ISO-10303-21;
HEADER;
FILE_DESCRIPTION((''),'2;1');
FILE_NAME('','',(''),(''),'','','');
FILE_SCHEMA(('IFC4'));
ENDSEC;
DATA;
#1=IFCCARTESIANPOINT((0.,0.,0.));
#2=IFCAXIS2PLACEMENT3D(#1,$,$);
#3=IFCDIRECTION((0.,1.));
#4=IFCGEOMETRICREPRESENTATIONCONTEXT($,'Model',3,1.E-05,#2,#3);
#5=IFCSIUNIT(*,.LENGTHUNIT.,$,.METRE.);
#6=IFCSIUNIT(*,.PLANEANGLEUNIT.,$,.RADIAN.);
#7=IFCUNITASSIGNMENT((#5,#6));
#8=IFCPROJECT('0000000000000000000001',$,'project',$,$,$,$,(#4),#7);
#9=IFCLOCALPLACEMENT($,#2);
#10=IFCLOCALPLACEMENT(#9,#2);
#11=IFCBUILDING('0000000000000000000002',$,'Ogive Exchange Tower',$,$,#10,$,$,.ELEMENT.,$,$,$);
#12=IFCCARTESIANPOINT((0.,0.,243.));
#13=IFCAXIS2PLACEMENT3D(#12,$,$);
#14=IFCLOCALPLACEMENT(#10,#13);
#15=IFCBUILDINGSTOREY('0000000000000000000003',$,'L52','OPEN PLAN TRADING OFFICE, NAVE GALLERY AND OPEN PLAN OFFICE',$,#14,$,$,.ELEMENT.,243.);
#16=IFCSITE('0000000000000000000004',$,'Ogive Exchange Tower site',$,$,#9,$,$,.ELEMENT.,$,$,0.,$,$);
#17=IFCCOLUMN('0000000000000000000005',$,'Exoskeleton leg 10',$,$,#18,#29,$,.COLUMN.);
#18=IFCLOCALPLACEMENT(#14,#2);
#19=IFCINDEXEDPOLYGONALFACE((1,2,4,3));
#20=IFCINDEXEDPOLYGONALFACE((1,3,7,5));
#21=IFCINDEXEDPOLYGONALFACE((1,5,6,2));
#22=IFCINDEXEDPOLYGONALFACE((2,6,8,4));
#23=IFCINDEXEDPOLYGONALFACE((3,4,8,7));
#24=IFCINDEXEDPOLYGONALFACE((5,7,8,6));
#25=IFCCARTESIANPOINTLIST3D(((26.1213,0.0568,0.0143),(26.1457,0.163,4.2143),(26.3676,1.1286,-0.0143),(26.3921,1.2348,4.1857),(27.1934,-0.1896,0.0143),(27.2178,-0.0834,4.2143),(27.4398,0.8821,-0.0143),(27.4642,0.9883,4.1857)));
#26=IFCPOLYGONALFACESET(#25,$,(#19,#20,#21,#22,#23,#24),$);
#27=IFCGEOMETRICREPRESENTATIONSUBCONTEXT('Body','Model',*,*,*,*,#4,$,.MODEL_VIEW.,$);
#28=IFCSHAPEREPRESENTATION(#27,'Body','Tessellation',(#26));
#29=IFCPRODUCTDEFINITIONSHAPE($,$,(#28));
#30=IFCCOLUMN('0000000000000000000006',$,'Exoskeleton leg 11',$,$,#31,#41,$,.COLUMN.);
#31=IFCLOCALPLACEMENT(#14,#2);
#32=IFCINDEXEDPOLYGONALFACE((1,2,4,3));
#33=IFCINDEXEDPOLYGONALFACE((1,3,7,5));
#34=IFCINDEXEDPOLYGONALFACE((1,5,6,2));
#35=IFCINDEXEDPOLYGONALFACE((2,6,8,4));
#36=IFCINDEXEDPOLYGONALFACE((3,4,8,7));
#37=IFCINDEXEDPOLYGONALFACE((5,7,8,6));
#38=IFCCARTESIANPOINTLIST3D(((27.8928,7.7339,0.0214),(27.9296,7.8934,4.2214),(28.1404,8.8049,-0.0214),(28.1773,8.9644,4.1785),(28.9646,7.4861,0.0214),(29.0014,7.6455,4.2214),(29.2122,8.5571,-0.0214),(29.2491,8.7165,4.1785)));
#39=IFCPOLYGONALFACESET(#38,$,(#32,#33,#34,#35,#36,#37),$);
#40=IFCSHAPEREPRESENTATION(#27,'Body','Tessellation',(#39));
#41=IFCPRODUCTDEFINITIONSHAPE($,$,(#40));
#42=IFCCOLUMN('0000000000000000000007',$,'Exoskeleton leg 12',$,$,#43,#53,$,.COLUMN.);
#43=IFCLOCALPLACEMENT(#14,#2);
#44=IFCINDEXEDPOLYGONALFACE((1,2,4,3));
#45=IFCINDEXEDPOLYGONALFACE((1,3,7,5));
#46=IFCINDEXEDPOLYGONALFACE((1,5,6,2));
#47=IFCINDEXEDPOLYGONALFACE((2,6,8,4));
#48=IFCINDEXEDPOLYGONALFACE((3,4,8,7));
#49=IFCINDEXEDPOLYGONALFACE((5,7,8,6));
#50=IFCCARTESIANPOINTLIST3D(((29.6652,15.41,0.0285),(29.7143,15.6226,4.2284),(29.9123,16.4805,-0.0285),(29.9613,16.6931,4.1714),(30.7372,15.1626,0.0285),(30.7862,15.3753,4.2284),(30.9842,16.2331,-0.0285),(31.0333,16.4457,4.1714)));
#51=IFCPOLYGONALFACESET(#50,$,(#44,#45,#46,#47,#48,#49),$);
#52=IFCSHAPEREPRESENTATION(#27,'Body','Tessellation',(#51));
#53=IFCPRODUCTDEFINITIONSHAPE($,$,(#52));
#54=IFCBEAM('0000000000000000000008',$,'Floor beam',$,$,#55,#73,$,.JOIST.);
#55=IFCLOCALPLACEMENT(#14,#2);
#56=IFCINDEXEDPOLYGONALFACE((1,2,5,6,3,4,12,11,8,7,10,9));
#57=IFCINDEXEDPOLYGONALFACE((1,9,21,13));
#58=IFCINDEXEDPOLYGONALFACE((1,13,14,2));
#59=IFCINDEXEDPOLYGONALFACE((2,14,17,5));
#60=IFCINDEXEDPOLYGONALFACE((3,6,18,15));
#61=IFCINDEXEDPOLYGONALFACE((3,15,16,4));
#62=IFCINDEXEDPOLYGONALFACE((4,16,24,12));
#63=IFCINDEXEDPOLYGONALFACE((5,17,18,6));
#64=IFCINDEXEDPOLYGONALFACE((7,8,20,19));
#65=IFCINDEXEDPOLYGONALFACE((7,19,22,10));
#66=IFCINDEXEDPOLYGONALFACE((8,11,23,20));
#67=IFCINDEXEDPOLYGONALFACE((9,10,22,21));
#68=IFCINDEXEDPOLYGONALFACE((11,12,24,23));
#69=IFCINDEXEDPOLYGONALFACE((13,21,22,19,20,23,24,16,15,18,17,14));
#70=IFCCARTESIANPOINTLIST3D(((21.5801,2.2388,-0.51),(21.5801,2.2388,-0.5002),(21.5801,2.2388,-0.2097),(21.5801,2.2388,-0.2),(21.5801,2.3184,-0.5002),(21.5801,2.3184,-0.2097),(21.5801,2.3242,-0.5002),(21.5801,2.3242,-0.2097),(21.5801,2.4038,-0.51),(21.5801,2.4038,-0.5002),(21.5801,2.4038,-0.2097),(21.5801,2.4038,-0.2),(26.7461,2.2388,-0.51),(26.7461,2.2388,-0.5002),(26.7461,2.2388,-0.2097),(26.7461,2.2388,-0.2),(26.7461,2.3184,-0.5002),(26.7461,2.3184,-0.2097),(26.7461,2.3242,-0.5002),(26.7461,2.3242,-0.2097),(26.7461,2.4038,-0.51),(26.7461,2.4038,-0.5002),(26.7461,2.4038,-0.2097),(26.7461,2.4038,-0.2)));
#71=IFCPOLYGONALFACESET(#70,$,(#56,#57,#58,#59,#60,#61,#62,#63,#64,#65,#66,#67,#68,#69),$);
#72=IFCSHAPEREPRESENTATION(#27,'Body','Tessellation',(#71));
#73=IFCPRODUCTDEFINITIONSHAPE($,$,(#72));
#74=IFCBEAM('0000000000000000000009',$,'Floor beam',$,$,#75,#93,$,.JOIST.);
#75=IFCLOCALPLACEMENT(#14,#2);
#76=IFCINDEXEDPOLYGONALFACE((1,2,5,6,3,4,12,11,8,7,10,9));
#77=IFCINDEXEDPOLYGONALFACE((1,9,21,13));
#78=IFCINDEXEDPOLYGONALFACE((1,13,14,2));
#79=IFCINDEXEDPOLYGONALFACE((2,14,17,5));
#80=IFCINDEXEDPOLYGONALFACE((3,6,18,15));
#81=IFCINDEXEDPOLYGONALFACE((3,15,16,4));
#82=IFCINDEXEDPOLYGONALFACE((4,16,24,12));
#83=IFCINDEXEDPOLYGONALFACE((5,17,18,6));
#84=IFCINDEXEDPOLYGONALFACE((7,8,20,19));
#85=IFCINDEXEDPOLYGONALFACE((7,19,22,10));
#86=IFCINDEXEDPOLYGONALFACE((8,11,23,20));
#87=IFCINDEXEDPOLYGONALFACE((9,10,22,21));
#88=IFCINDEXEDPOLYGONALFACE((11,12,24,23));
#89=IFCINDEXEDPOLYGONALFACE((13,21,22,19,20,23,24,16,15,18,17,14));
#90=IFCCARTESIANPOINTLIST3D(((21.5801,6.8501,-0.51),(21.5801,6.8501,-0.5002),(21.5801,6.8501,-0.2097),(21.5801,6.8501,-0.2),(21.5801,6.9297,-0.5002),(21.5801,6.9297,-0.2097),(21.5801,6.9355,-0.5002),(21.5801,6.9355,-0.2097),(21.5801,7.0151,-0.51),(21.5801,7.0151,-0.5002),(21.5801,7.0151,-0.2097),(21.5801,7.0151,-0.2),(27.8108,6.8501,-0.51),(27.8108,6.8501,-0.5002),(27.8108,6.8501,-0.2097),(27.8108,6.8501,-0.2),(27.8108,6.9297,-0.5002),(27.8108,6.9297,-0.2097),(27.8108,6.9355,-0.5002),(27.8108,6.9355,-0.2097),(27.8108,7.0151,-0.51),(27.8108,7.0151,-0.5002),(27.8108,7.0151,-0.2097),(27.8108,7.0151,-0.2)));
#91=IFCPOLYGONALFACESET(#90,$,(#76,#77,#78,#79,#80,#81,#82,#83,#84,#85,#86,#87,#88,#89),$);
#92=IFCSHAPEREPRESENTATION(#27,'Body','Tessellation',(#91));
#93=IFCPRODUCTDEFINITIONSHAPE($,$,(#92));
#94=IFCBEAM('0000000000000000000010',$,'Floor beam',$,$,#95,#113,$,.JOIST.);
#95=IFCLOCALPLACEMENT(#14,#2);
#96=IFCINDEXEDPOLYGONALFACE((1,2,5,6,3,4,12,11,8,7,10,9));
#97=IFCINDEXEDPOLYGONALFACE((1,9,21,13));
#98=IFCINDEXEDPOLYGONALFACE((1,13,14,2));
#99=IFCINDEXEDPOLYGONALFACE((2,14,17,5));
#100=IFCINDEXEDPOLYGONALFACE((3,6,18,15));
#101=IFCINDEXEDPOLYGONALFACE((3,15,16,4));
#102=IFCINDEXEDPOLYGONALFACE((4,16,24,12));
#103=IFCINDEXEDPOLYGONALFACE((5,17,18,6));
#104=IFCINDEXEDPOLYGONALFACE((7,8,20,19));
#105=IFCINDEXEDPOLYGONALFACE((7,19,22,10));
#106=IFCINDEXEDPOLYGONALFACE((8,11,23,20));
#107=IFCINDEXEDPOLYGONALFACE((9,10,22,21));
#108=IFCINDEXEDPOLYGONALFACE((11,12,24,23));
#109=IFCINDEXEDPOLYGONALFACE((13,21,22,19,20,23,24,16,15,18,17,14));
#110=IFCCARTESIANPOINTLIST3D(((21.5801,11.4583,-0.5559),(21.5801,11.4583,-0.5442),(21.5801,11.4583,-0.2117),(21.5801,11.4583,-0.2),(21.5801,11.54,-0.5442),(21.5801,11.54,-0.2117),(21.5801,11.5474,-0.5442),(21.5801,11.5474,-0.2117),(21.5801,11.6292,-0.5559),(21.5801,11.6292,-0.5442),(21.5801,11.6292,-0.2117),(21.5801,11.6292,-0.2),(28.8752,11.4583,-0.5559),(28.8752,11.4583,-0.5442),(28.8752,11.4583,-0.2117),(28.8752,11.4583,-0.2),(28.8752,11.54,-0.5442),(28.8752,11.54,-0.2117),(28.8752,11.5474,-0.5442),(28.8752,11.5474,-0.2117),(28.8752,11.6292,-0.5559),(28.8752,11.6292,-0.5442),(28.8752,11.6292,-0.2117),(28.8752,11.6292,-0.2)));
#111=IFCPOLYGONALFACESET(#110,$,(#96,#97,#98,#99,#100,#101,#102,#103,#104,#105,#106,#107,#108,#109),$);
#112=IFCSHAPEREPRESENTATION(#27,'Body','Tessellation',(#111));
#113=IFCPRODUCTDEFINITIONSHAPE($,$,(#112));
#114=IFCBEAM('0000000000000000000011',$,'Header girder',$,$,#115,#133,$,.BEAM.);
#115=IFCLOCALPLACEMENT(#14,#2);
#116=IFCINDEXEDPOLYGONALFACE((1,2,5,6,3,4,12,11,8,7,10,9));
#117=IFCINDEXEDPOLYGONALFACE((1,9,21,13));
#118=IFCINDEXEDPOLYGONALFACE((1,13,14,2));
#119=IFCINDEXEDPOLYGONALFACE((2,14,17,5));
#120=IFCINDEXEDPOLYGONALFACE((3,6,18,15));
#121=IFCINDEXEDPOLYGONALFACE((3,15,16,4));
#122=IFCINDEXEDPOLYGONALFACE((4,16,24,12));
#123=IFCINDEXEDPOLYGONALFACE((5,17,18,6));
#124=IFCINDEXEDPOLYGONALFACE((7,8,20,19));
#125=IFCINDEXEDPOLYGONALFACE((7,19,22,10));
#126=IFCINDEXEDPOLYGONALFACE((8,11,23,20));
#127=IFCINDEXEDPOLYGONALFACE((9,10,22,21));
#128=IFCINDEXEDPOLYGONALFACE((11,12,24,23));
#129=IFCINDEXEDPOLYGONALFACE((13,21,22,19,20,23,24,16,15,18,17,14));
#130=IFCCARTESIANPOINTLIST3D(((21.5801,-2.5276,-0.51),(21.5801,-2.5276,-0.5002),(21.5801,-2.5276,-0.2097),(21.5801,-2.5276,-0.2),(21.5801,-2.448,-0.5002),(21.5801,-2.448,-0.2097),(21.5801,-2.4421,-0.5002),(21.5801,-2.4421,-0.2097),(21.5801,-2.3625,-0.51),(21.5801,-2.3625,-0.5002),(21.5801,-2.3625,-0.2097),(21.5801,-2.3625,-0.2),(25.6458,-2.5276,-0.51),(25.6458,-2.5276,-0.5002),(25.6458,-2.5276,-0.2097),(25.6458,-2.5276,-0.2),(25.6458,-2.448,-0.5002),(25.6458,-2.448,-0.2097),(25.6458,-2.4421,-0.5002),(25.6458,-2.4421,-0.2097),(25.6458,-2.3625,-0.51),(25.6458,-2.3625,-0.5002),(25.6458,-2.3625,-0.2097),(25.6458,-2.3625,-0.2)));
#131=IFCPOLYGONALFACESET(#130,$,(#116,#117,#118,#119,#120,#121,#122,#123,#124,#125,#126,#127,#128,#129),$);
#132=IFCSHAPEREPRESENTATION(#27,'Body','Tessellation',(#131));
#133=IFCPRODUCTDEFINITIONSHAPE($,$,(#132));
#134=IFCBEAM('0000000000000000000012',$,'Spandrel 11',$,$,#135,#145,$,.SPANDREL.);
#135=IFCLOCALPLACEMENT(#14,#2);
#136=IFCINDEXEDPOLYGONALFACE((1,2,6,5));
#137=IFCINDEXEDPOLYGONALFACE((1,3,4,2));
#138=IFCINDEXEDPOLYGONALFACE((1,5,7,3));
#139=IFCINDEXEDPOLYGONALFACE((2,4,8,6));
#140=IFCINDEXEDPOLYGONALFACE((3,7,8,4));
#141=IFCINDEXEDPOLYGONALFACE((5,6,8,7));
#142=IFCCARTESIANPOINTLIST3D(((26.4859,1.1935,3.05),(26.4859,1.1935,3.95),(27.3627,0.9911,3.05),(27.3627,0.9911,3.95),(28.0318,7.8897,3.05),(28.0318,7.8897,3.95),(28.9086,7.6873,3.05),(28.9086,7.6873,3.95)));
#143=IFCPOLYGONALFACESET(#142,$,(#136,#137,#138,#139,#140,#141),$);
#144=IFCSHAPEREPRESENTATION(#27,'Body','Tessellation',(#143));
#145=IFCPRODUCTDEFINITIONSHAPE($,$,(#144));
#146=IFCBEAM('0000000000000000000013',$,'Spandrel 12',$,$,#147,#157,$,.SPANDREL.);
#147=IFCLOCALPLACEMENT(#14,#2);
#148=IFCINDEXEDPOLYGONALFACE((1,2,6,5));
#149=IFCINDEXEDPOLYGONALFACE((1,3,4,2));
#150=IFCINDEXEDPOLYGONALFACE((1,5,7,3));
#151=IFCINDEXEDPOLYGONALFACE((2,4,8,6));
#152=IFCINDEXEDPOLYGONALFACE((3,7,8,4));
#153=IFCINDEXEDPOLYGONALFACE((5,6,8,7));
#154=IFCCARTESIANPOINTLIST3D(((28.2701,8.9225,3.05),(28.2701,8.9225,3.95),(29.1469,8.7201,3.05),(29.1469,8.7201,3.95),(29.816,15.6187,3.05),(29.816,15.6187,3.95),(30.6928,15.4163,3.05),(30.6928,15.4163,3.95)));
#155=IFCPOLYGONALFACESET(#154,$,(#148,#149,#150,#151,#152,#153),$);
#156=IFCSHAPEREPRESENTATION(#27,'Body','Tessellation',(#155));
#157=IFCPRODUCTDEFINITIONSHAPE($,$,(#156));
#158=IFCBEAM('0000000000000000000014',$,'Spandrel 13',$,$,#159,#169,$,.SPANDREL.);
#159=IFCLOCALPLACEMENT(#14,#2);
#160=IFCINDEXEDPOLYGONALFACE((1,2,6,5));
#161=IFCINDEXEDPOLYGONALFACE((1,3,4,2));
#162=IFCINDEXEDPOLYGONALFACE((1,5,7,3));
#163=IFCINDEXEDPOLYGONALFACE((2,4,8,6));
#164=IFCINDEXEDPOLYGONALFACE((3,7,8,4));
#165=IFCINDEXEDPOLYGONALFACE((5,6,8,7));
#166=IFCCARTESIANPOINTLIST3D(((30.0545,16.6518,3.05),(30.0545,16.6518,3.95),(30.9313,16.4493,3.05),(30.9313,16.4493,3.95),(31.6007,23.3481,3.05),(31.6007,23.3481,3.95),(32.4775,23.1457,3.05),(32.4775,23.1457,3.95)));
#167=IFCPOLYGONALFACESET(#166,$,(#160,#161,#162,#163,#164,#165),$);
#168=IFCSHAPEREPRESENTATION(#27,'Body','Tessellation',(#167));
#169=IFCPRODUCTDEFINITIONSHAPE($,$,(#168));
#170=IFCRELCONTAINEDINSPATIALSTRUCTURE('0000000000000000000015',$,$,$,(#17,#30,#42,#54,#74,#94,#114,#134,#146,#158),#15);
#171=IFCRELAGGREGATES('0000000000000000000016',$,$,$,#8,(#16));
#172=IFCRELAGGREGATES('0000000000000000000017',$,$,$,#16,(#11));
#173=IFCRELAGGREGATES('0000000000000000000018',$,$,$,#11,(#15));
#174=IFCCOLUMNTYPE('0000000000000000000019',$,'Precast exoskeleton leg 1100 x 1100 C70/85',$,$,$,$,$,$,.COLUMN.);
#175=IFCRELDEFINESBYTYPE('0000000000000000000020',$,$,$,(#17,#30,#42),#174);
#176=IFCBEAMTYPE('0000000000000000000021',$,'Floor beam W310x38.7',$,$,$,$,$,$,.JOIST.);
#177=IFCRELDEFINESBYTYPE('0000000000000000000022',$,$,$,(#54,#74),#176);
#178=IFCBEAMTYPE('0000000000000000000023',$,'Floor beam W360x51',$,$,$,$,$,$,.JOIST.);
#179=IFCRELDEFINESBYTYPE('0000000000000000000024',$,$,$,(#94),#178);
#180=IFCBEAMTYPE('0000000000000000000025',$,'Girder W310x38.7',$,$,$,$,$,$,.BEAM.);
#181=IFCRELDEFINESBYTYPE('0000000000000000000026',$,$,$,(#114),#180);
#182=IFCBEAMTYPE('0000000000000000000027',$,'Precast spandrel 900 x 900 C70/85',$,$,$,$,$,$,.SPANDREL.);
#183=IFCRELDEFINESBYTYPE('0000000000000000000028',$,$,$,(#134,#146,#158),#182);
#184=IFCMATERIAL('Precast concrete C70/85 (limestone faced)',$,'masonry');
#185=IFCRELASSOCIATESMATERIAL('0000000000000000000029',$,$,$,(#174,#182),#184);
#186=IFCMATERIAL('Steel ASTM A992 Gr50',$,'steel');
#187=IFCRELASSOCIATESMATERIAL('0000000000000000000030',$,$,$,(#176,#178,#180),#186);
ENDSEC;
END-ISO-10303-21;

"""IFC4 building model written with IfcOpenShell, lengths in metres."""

from ifc_helpers import new_model, si_unit, direction, frame, origin, origin_2d, place, context, subcontext, project, spatial, rectangle, i_section, extrude, material, material_profile, profile_set, type_object, element, save


model = new_model("IFC4")

# Units and contexts
model_context = context("Model", 3, precision=1e-05, world=origin(), true_north=direction((0.0, 1.0)))
body_context = subcontext(model_context, "Body", "Model", "MODEL_VIEW")
ifc_project = project(units=[si_unit("LENGTHUNIT", "METRE"), si_unit("PLANEANGLEUNIT", "RADIAN")], contexts=[model_context])

# Site, building, storey
site_placement = place(None, origin())
site = spatial("IfcSite", under=ifc_project, at=site_placement, Name="Ogive Exchange Tower site", CompositionType="ELEMENT", RefElevation=0.0)
building_placement = place(site_placement, origin())
building = spatial("IfcBuilding", under=site, at=building_placement, Name="Ogive Exchange Tower", CompositionType="ELEMENT")
storey_placement = place(building_placement, frame((0.0, 0.0, 243.0)))
storey = spatial("IfcBuildingStorey", under=building, at=storey_placement, Name="L52", Description="OPEN PLAN TRADING OFFICE, NAVE GALLERY AND OPEN PLAN OFFICE", CompositionType="ELEMENT", Elevation=243.0)

# Columns
ifc_material_1 = material(Name="Precast concrete C70/85 (limestone faced)", Category="masonry")
ifc_material_profile_1 = material_profile(ifc_material_1, rectangle(XDim=1.1001, YDim=1.1001, at=origin_2d()), Name="1100 x 1100")
ifc_profile_set_1 = profile_set([ifc_material_profile_1], Name="Precast concrete C70/85 (limestone faced)")
column_type = type_object("IfcColumnType", Name="Precast exoskeleton leg 1100 x 1100 C70/85", PredefinedType="COLUMN", material=ifc_profile_set_1)
column_1_placement = place(storey_placement, frame((26.7805, 0.4695, 0.0), z_axis=(0.005811, 0.025278, 0.999664), x_axis=(-0.97458, 0.224041, 0.0)))
element("IfcColumn", 1, at=column_1_placement, inside=storey, type_object=column_type, Name="Exoskeleton leg 10", PredefinedType="COLUMN", context=body_context, shape_type="SweptSolid", body=[
    extrude(rectangle(XDim=1.1001, YDim=1.1001, at=origin_2d()), origin(), (0.0, 0.0, 1.0), 4.2014),
])
column_2_placement = place(storey_placement, frame((28.5525, 8.1455, 0.0), z_axis=(0.008771, 0.03793, 0.999242), x_axis=(-0.974291, 0.225295, 0.0)))
element("IfcColumn", 2, at=column_2_placement, inside=storey, type_object=column_type, Name="Exoskeleton leg 11", PredefinedType="COLUMN", context=body_context, shape_type="SweptSolid", body=[
    extrude(rectangle(XDim=1.1001, YDim=1.1001, at=origin_2d()), origin(), (0.0, 0.0, 1.0), 4.2031),
])
column_3_placement = place(storey_placement, frame((30.3247, 15.8215, 0.0), z_axis=(0.011668, 0.050562, 0.998653), x_axis=(-0.974391, 0.22486, 0.0)))
element("IfcColumn", 3, at=column_3_placement, inside=storey, type_object=column_type, Name="Exoskeleton leg 12", PredefinedType="COLUMN", context=body_context, shape_type="SweptSolid", body=[
    extrude(rectangle(XDim=1.1001, YDim=1.1001, at=origin_2d()), origin(), (0.0, 0.0, 1.0), 4.2056),
])

# Beams
ifc_material_2 = material(Name="Steel ASTM A992 Gr50", Category="steel")
ifc_material_profile_2 = material_profile(ifc_material_2, i_section(OverallWidth=0.165, OverallDepth=0.3101, WebThickness=0.0059, FlangeThickness=0.0098, at=origin_2d()), Name="W310x38.7")
ifc_profile_set_2 = profile_set([ifc_material_profile_2], Name="Steel ASTM A992 Gr50")
beam_type_1 = type_object("IfcBeamType", Name="Floor beam W310x38.7", PredefinedType="JOIST", material=ifc_profile_set_2)
beam_1_placement = place(storey_placement, frame((21.5801, 2.3213, -0.355), z_axis=(1.0, 0.0, 0.0), x_axis=(0.0, 1.0, 0.0)))
element("IfcBeam", 4, at=beam_1_placement, inside=storey, type_object=beam_type_1, Name="Floor beam", PredefinedType="JOIST", context=body_context, shape_type="SweptSolid", body=[
    extrude(i_section(OverallWidth=0.165, OverallDepth=0.3101, WebThickness=0.0059, FlangeThickness=0.0098, at=origin_2d()), origin(), (0.0, 0.0, 1.0), 5.166),
])
beam_2_placement = place(storey_placement, frame((21.5801, 6.9326, -0.355), z_axis=(1.0, 0.0, 0.0), x_axis=(0.0, 1.0, 0.0)))
element("IfcBeam", 5, at=beam_2_placement, inside=storey, type_object=beam_type_1, Name="Floor beam", PredefinedType="JOIST", context=body_context, shape_type="SweptSolid", body=[
    extrude(i_section(OverallWidth=0.165, OverallDepth=0.3101, WebThickness=0.0059, FlangeThickness=0.0098, at=origin_2d()), origin(), (0.0, 0.0, 1.0), 6.2307),
])
ifc_material_profile_3 = material_profile(ifc_material_2, i_section(OverallWidth=0.1709, OverallDepth=0.356, WebThickness=0.0073, FlangeThickness=0.0117, at=origin_2d()), Name="W360x51")
ifc_profile_set_3 = profile_set([ifc_material_profile_3], Name="Steel ASTM A992 Gr50")
beam_type_2 = type_object("IfcBeamType", Name="Floor beam W360x51", PredefinedType="JOIST", material=ifc_profile_set_3)
beam_3_placement = place(storey_placement, frame((21.5801, 11.5437, -0.3779), z_axis=(1.0, 0.0, 0.0), x_axis=(0.0, 1.0, 0.0)))
element("IfcBeam", 6, at=beam_3_placement, inside=storey, type_object=beam_type_2, Name="Floor beam", PredefinedType="JOIST", context=body_context, shape_type="SweptSolid", body=[
    extrude(i_section(OverallWidth=0.1709, OverallDepth=0.356, WebThickness=0.0073, FlangeThickness=0.0117, at=origin_2d()), origin(), (0.0, 0.0, 1.0), 7.2952),
])
ifc_material_profile_4 = material_profile(ifc_material_2, i_section(OverallWidth=0.165, OverallDepth=0.3101, WebThickness=0.0059, FlangeThickness=0.0098, at=origin_2d()), Name="W310x38.7")
ifc_profile_set_4 = profile_set([ifc_material_profile_4], Name="Steel ASTM A992 Gr50")
beam_type_3 = type_object("IfcBeamType", Name="Girder W310x38.7", PredefinedType="BEAM", material=ifc_profile_set_4)
beam_4_placement = place(storey_placement, frame((21.5801, -2.4451, -0.355), z_axis=(1.0, 0.0, 0.0), x_axis=(0.0, 1.0, 0.0)))
element("IfcBeam", 7, at=beam_4_placement, inside=storey, type_object=beam_type_3, Name="Header girder", PredefinedType="BEAM", context=body_context, shape_type="SweptSolid", body=[
    extrude(i_section(OverallWidth=0.165, OverallDepth=0.3101, WebThickness=0.0059, FlangeThickness=0.0098, at=origin_2d()), origin(), (0.0, 0.0, 1.0), 4.0657),
])
ifc_material_profile_5 = material_profile(ifc_material_1, rectangle(XDim=0.8999, YDim=0.8999, at=origin_2d()), Name="900 x 900")
ifc_profile_set_5 = profile_set([ifc_material_profile_5], Name="Precast concrete C70/85 (limestone faced)")
beam_type_4 = type_object("IfcBeamType", Name="Precast spandrel 900 x 900 C70/85", PredefinedType="SPANDREL", material=ifc_profile_set_5)
for number, where, z_axis, x_axis, name in (
    (8, (26.9243, 1.0923, 3.5), (0.224943, 0.974372, 0.0), (-0.974372, 0.224943, 0.0), "Spandrel 11"),
    (9, (28.7085, 8.8213, 3.5), (0.224943, 0.974372, 0.0), (-0.974372, 0.224943, 0.0), "Spandrel 12"),
):
    element("IfcBeam", number, at=place(storey_placement, frame(where, z_axis=z_axis, x_axis=x_axis)), inside=storey, type_object=beam_type_4, Name=name, PredefinedType="SPANDREL", context=body_context, shape_type="SweptSolid", body=[
        extrude(rectangle(XDim=0.8999, YDim=0.8999, at=origin_2d()), origin(), (0.0, 0.0, 1.0), 6.8723),
    ])
beam_5_placement = place(storey_placement, frame((30.4929, 16.5505, 3.5), z_axis=(0.224976, 0.974364, 0.0), x_axis=(-0.974364, 0.224976, 0.0)))
element("IfcBeam", 10, at=beam_5_placement, inside=storey, type_object=beam_type_4, Name="Spandrel 13", PredefinedType="SPANDREL", context=body_context, shape_type="SweptSolid", body=[
    extrude(rectangle(XDim=0.8999, YDim=0.8999, at=origin_2d()), origin(), (0.0, 0.0, 1.0), 6.8726),
])

save(model, "model.ifc")
